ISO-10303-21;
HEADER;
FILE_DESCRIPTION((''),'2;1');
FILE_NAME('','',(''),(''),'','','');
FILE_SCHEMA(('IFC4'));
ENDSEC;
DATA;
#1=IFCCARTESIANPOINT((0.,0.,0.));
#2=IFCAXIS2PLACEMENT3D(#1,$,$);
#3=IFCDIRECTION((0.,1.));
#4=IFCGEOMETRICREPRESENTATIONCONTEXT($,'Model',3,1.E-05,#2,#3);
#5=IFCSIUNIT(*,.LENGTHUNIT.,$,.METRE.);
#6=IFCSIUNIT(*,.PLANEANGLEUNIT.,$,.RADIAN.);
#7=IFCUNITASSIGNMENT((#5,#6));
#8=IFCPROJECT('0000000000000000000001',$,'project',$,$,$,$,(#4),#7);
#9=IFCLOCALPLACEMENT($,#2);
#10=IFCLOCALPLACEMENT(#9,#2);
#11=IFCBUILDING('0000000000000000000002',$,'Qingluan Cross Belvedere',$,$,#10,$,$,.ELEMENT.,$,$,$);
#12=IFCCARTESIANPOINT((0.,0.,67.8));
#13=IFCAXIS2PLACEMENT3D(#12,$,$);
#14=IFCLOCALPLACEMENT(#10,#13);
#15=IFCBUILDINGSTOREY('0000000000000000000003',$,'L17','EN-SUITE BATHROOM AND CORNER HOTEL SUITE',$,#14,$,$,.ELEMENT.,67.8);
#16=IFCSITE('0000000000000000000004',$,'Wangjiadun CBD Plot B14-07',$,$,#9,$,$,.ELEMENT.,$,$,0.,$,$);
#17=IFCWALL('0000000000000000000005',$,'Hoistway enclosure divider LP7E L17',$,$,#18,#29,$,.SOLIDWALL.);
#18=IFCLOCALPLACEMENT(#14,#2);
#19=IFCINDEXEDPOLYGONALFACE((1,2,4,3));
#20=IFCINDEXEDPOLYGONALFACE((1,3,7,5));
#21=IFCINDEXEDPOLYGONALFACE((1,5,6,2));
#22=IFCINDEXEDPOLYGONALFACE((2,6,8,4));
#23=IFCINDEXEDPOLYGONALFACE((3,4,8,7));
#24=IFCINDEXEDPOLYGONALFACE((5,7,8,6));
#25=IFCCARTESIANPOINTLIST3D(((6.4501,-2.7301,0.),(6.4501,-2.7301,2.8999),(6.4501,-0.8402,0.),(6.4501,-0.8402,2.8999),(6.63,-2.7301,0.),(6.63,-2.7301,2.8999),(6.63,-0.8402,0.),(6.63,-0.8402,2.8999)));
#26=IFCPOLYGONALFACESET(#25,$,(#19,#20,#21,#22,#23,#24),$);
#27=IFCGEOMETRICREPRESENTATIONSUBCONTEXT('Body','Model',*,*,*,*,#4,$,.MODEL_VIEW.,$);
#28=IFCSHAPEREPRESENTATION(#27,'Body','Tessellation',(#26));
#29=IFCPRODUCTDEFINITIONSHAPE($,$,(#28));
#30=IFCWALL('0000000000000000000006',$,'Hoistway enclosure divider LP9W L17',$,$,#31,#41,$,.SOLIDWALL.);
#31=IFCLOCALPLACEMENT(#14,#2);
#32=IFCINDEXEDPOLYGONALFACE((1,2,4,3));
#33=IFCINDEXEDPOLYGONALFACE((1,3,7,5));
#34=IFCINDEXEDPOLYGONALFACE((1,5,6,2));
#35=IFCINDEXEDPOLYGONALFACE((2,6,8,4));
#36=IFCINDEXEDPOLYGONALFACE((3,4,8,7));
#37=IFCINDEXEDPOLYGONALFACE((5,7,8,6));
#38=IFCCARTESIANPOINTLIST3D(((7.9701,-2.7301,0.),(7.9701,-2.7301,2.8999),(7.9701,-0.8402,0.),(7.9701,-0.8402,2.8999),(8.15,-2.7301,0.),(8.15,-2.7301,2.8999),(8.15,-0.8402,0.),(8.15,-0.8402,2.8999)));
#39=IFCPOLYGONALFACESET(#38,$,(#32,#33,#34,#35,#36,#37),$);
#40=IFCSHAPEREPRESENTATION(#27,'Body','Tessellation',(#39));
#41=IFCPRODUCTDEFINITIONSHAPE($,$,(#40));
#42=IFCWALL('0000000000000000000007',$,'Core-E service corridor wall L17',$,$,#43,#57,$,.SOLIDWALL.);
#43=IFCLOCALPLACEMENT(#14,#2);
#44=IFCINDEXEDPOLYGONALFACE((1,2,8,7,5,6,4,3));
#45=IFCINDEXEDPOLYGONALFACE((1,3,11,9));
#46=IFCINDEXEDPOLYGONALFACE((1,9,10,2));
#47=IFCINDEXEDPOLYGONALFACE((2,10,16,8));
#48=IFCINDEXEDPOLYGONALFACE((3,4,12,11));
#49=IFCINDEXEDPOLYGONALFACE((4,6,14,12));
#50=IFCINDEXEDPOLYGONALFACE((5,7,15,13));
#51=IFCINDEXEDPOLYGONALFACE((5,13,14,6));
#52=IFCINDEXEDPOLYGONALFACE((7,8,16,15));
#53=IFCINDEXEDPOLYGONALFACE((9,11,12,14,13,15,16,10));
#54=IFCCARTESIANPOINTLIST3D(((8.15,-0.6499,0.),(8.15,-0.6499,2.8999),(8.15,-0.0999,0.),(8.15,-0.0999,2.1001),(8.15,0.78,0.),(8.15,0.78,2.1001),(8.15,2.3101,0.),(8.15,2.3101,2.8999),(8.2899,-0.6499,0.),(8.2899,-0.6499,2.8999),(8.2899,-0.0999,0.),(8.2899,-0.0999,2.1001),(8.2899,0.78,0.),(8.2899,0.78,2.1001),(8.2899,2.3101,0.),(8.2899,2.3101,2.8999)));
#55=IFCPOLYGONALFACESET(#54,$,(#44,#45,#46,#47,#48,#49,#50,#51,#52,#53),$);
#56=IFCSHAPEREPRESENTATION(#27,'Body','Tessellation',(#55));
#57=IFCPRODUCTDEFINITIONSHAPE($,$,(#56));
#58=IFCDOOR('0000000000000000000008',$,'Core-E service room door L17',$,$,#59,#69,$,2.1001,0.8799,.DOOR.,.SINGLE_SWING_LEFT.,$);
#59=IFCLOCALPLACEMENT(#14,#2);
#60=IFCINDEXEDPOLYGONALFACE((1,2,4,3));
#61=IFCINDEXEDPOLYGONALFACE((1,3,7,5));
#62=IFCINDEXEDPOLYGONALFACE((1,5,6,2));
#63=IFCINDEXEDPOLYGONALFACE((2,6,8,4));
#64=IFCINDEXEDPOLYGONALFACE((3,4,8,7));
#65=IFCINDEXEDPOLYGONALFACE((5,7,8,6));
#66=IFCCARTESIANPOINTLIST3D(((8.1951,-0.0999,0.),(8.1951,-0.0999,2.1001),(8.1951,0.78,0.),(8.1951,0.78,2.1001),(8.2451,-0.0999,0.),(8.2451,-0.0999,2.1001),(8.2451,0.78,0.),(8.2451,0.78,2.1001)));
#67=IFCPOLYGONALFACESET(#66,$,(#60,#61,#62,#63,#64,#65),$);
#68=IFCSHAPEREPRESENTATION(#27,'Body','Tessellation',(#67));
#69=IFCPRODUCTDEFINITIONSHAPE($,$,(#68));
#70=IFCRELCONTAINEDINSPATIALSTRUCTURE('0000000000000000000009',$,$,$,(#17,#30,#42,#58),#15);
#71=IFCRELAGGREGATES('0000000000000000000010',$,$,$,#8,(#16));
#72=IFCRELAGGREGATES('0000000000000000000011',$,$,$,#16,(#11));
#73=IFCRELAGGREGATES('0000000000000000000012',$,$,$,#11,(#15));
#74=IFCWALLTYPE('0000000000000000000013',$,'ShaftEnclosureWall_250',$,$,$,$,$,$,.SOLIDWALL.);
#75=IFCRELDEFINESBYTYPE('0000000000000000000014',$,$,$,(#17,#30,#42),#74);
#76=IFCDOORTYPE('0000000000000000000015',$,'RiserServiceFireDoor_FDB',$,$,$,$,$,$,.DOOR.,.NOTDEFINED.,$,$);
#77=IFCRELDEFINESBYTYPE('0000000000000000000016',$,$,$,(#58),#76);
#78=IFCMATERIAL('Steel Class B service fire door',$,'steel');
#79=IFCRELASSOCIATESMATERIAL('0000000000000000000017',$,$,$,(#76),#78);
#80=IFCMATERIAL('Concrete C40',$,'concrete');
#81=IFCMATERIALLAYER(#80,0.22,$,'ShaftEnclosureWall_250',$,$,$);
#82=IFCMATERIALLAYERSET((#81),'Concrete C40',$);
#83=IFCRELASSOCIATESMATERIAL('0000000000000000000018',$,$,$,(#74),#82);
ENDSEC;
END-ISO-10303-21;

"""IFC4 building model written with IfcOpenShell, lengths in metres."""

from ifc_helpers import new_model, si_unit, direction, frame, frame_2d, origin, place, context, subcontext, project, spatial, rectangle, extrude, material, layer, layer_set, type_object, element, fill, save


model = new_model("IFC4")

# Units and contexts
model_context = context("Model", 3, precision=1e-05, world=origin(), true_north=direction((0.0, 1.0)))
body_context = subcontext(model_context, "Body", "Model", "MODEL_VIEW")
ifc_project = project(units=[si_unit("LENGTHUNIT", "METRE"), si_unit("PLANEANGLEUNIT", "RADIAN")], contexts=[model_context])

# Site, building, storey
site_placement = place(None, origin())
site = spatial("IfcSite", under=ifc_project, at=site_placement, Name="Wangjiadun CBD Plot B14-07", CompositionType="ELEMENT", RefElevation=0.0)
building_placement = place(site_placement, origin())
building = spatial("IfcBuilding", under=site, at=building_placement, Name="Qingluan Cross Belvedere", CompositionType="ELEMENT")
storey_placement = place(building_placement, frame((0.0, 0.0, 67.8)))
storey = spatial("IfcBuildingStorey", under=building, at=storey_placement, Name="L17", Description="EN-SUITE BATHROOM AND CORNER HOTEL SUITE", CompositionType="ELEMENT", Elevation=67.8)

# Shared definitions
ifc_material_1 = material(Name="Steel Class B service fire door", Category="steel")
door_type_1 = type_object("IfcDoorType", Name="RiserServiceFireDoor_FDB", OperationType="NOTDEFINED", PredefinedType="DOOR", material=ifc_material_1)

# Shared definitions
ifc_material_2 = material(Name="Concrete C40", Category="concrete")
ifc_layer_1 = layer(ifc_material_2, 0.22, Name="ShaftEnclosureWall_250")
ifc_layer_set_1 = layer_set([ifc_layer_1], Name="Concrete C40")
wall_type_1 = type_object("IfcWallType", Name="ShaftEnclosureWall_250", PredefinedType="SOLIDWALL", material=ifc_layer_set_1)

# Walls
for number, where, z_axis, x_axis, name in (
    (1, (6.54, -2.73, 0.0), (0.0, 0.0, 1.0), (0.0, 1.0, 0.0), "Hoistway enclosure divider LP7E L17"),
    (2, (8.0601, -2.73, 0.0), (0.0, 0.0, 1.0), (0.0, 1.0, 0.0), "Hoistway enclosure divider LP9W L17"),
):
    element("IfcWall", number, at=place(storey_placement, frame(where, z_axis=z_axis, x_axis=x_axis)), inside=storey, type_object=wall_type_1, Name=name, PredefinedType="SOLIDWALL", context=body_context, shape_type="SweptSolid", body=[
        extrude(rectangle(XDim=1.8899, YDim=0.1799, at=frame_2d((0.9448, 0.0))), origin(), (0.0, 0.0, 1.0), 2.8999),
    ])

# Wall, opening, door
wall_1_placement = place(storey_placement, frame((8.22, -0.6499, 0.0), z_axis=(0.0, 0.0, 1.0), x_axis=(0.0, 1.0, 0.0)))
wall_1 = element("IfcWall", 3, at=wall_1_placement, inside=storey, type_object=wall_type_1, Name="Core-E service corridor wall L17", PredefinedType="SOLIDWALL", context=body_context, shape_type="SweptSolid", body=[
    extrude(rectangle(XDim=2.96, YDim=0.1399, at=frame_2d((1.48, 0.0))), origin(), (0.0, 0.0, 1.0), 2.8999),
])
opening_1_placement = place(wall_1_placement, frame((0.55, 0.0, 0.0)))
opening_1 = element("IfcOpeningElement", 4, at=opening_1_placement, cuts=wall_1, PredefinedType="OPENING", context=body_context, shape_type="SweptSolid", body=[
    extrude(rectangle(XDim=0.8799, YDim=2.1001, at=frame_2d((0.4399, 1.05))), frame((0.0, 0.0798, 0.0), z_axis=(0.0, -1.0, 0.0), x_axis=(1.0, 0.0, 0.0)), (0.0, 0.0, 1.0), 0.1599),
])
door_1_placement = place(opening_1_placement, origin())
door_1 = element("IfcDoor", 5, at=door_1_placement, inside=storey, type_object=door_type_1, Name="Core-E service room door L17", OperationType="SINGLE_SWING_LEFT", OverallHeight=2.1001, OverallWidth=0.8799, PredefinedType="DOOR", context=body_context, shape_type="SweptSolid", body=[
    extrude(rectangle(XDim=0.8799, YDim=2.1001, at=frame_2d((0.4399, 1.05))), frame((0.0, 0.0249, 0.0), z_axis=(0.0, -1.0, 0.0), x_axis=(1.0, 0.0, 0.0)), (0.0, 0.0, 1.0), 0.05),
])
fill(opening_1, door_1)

save(model, "model.ifc")
